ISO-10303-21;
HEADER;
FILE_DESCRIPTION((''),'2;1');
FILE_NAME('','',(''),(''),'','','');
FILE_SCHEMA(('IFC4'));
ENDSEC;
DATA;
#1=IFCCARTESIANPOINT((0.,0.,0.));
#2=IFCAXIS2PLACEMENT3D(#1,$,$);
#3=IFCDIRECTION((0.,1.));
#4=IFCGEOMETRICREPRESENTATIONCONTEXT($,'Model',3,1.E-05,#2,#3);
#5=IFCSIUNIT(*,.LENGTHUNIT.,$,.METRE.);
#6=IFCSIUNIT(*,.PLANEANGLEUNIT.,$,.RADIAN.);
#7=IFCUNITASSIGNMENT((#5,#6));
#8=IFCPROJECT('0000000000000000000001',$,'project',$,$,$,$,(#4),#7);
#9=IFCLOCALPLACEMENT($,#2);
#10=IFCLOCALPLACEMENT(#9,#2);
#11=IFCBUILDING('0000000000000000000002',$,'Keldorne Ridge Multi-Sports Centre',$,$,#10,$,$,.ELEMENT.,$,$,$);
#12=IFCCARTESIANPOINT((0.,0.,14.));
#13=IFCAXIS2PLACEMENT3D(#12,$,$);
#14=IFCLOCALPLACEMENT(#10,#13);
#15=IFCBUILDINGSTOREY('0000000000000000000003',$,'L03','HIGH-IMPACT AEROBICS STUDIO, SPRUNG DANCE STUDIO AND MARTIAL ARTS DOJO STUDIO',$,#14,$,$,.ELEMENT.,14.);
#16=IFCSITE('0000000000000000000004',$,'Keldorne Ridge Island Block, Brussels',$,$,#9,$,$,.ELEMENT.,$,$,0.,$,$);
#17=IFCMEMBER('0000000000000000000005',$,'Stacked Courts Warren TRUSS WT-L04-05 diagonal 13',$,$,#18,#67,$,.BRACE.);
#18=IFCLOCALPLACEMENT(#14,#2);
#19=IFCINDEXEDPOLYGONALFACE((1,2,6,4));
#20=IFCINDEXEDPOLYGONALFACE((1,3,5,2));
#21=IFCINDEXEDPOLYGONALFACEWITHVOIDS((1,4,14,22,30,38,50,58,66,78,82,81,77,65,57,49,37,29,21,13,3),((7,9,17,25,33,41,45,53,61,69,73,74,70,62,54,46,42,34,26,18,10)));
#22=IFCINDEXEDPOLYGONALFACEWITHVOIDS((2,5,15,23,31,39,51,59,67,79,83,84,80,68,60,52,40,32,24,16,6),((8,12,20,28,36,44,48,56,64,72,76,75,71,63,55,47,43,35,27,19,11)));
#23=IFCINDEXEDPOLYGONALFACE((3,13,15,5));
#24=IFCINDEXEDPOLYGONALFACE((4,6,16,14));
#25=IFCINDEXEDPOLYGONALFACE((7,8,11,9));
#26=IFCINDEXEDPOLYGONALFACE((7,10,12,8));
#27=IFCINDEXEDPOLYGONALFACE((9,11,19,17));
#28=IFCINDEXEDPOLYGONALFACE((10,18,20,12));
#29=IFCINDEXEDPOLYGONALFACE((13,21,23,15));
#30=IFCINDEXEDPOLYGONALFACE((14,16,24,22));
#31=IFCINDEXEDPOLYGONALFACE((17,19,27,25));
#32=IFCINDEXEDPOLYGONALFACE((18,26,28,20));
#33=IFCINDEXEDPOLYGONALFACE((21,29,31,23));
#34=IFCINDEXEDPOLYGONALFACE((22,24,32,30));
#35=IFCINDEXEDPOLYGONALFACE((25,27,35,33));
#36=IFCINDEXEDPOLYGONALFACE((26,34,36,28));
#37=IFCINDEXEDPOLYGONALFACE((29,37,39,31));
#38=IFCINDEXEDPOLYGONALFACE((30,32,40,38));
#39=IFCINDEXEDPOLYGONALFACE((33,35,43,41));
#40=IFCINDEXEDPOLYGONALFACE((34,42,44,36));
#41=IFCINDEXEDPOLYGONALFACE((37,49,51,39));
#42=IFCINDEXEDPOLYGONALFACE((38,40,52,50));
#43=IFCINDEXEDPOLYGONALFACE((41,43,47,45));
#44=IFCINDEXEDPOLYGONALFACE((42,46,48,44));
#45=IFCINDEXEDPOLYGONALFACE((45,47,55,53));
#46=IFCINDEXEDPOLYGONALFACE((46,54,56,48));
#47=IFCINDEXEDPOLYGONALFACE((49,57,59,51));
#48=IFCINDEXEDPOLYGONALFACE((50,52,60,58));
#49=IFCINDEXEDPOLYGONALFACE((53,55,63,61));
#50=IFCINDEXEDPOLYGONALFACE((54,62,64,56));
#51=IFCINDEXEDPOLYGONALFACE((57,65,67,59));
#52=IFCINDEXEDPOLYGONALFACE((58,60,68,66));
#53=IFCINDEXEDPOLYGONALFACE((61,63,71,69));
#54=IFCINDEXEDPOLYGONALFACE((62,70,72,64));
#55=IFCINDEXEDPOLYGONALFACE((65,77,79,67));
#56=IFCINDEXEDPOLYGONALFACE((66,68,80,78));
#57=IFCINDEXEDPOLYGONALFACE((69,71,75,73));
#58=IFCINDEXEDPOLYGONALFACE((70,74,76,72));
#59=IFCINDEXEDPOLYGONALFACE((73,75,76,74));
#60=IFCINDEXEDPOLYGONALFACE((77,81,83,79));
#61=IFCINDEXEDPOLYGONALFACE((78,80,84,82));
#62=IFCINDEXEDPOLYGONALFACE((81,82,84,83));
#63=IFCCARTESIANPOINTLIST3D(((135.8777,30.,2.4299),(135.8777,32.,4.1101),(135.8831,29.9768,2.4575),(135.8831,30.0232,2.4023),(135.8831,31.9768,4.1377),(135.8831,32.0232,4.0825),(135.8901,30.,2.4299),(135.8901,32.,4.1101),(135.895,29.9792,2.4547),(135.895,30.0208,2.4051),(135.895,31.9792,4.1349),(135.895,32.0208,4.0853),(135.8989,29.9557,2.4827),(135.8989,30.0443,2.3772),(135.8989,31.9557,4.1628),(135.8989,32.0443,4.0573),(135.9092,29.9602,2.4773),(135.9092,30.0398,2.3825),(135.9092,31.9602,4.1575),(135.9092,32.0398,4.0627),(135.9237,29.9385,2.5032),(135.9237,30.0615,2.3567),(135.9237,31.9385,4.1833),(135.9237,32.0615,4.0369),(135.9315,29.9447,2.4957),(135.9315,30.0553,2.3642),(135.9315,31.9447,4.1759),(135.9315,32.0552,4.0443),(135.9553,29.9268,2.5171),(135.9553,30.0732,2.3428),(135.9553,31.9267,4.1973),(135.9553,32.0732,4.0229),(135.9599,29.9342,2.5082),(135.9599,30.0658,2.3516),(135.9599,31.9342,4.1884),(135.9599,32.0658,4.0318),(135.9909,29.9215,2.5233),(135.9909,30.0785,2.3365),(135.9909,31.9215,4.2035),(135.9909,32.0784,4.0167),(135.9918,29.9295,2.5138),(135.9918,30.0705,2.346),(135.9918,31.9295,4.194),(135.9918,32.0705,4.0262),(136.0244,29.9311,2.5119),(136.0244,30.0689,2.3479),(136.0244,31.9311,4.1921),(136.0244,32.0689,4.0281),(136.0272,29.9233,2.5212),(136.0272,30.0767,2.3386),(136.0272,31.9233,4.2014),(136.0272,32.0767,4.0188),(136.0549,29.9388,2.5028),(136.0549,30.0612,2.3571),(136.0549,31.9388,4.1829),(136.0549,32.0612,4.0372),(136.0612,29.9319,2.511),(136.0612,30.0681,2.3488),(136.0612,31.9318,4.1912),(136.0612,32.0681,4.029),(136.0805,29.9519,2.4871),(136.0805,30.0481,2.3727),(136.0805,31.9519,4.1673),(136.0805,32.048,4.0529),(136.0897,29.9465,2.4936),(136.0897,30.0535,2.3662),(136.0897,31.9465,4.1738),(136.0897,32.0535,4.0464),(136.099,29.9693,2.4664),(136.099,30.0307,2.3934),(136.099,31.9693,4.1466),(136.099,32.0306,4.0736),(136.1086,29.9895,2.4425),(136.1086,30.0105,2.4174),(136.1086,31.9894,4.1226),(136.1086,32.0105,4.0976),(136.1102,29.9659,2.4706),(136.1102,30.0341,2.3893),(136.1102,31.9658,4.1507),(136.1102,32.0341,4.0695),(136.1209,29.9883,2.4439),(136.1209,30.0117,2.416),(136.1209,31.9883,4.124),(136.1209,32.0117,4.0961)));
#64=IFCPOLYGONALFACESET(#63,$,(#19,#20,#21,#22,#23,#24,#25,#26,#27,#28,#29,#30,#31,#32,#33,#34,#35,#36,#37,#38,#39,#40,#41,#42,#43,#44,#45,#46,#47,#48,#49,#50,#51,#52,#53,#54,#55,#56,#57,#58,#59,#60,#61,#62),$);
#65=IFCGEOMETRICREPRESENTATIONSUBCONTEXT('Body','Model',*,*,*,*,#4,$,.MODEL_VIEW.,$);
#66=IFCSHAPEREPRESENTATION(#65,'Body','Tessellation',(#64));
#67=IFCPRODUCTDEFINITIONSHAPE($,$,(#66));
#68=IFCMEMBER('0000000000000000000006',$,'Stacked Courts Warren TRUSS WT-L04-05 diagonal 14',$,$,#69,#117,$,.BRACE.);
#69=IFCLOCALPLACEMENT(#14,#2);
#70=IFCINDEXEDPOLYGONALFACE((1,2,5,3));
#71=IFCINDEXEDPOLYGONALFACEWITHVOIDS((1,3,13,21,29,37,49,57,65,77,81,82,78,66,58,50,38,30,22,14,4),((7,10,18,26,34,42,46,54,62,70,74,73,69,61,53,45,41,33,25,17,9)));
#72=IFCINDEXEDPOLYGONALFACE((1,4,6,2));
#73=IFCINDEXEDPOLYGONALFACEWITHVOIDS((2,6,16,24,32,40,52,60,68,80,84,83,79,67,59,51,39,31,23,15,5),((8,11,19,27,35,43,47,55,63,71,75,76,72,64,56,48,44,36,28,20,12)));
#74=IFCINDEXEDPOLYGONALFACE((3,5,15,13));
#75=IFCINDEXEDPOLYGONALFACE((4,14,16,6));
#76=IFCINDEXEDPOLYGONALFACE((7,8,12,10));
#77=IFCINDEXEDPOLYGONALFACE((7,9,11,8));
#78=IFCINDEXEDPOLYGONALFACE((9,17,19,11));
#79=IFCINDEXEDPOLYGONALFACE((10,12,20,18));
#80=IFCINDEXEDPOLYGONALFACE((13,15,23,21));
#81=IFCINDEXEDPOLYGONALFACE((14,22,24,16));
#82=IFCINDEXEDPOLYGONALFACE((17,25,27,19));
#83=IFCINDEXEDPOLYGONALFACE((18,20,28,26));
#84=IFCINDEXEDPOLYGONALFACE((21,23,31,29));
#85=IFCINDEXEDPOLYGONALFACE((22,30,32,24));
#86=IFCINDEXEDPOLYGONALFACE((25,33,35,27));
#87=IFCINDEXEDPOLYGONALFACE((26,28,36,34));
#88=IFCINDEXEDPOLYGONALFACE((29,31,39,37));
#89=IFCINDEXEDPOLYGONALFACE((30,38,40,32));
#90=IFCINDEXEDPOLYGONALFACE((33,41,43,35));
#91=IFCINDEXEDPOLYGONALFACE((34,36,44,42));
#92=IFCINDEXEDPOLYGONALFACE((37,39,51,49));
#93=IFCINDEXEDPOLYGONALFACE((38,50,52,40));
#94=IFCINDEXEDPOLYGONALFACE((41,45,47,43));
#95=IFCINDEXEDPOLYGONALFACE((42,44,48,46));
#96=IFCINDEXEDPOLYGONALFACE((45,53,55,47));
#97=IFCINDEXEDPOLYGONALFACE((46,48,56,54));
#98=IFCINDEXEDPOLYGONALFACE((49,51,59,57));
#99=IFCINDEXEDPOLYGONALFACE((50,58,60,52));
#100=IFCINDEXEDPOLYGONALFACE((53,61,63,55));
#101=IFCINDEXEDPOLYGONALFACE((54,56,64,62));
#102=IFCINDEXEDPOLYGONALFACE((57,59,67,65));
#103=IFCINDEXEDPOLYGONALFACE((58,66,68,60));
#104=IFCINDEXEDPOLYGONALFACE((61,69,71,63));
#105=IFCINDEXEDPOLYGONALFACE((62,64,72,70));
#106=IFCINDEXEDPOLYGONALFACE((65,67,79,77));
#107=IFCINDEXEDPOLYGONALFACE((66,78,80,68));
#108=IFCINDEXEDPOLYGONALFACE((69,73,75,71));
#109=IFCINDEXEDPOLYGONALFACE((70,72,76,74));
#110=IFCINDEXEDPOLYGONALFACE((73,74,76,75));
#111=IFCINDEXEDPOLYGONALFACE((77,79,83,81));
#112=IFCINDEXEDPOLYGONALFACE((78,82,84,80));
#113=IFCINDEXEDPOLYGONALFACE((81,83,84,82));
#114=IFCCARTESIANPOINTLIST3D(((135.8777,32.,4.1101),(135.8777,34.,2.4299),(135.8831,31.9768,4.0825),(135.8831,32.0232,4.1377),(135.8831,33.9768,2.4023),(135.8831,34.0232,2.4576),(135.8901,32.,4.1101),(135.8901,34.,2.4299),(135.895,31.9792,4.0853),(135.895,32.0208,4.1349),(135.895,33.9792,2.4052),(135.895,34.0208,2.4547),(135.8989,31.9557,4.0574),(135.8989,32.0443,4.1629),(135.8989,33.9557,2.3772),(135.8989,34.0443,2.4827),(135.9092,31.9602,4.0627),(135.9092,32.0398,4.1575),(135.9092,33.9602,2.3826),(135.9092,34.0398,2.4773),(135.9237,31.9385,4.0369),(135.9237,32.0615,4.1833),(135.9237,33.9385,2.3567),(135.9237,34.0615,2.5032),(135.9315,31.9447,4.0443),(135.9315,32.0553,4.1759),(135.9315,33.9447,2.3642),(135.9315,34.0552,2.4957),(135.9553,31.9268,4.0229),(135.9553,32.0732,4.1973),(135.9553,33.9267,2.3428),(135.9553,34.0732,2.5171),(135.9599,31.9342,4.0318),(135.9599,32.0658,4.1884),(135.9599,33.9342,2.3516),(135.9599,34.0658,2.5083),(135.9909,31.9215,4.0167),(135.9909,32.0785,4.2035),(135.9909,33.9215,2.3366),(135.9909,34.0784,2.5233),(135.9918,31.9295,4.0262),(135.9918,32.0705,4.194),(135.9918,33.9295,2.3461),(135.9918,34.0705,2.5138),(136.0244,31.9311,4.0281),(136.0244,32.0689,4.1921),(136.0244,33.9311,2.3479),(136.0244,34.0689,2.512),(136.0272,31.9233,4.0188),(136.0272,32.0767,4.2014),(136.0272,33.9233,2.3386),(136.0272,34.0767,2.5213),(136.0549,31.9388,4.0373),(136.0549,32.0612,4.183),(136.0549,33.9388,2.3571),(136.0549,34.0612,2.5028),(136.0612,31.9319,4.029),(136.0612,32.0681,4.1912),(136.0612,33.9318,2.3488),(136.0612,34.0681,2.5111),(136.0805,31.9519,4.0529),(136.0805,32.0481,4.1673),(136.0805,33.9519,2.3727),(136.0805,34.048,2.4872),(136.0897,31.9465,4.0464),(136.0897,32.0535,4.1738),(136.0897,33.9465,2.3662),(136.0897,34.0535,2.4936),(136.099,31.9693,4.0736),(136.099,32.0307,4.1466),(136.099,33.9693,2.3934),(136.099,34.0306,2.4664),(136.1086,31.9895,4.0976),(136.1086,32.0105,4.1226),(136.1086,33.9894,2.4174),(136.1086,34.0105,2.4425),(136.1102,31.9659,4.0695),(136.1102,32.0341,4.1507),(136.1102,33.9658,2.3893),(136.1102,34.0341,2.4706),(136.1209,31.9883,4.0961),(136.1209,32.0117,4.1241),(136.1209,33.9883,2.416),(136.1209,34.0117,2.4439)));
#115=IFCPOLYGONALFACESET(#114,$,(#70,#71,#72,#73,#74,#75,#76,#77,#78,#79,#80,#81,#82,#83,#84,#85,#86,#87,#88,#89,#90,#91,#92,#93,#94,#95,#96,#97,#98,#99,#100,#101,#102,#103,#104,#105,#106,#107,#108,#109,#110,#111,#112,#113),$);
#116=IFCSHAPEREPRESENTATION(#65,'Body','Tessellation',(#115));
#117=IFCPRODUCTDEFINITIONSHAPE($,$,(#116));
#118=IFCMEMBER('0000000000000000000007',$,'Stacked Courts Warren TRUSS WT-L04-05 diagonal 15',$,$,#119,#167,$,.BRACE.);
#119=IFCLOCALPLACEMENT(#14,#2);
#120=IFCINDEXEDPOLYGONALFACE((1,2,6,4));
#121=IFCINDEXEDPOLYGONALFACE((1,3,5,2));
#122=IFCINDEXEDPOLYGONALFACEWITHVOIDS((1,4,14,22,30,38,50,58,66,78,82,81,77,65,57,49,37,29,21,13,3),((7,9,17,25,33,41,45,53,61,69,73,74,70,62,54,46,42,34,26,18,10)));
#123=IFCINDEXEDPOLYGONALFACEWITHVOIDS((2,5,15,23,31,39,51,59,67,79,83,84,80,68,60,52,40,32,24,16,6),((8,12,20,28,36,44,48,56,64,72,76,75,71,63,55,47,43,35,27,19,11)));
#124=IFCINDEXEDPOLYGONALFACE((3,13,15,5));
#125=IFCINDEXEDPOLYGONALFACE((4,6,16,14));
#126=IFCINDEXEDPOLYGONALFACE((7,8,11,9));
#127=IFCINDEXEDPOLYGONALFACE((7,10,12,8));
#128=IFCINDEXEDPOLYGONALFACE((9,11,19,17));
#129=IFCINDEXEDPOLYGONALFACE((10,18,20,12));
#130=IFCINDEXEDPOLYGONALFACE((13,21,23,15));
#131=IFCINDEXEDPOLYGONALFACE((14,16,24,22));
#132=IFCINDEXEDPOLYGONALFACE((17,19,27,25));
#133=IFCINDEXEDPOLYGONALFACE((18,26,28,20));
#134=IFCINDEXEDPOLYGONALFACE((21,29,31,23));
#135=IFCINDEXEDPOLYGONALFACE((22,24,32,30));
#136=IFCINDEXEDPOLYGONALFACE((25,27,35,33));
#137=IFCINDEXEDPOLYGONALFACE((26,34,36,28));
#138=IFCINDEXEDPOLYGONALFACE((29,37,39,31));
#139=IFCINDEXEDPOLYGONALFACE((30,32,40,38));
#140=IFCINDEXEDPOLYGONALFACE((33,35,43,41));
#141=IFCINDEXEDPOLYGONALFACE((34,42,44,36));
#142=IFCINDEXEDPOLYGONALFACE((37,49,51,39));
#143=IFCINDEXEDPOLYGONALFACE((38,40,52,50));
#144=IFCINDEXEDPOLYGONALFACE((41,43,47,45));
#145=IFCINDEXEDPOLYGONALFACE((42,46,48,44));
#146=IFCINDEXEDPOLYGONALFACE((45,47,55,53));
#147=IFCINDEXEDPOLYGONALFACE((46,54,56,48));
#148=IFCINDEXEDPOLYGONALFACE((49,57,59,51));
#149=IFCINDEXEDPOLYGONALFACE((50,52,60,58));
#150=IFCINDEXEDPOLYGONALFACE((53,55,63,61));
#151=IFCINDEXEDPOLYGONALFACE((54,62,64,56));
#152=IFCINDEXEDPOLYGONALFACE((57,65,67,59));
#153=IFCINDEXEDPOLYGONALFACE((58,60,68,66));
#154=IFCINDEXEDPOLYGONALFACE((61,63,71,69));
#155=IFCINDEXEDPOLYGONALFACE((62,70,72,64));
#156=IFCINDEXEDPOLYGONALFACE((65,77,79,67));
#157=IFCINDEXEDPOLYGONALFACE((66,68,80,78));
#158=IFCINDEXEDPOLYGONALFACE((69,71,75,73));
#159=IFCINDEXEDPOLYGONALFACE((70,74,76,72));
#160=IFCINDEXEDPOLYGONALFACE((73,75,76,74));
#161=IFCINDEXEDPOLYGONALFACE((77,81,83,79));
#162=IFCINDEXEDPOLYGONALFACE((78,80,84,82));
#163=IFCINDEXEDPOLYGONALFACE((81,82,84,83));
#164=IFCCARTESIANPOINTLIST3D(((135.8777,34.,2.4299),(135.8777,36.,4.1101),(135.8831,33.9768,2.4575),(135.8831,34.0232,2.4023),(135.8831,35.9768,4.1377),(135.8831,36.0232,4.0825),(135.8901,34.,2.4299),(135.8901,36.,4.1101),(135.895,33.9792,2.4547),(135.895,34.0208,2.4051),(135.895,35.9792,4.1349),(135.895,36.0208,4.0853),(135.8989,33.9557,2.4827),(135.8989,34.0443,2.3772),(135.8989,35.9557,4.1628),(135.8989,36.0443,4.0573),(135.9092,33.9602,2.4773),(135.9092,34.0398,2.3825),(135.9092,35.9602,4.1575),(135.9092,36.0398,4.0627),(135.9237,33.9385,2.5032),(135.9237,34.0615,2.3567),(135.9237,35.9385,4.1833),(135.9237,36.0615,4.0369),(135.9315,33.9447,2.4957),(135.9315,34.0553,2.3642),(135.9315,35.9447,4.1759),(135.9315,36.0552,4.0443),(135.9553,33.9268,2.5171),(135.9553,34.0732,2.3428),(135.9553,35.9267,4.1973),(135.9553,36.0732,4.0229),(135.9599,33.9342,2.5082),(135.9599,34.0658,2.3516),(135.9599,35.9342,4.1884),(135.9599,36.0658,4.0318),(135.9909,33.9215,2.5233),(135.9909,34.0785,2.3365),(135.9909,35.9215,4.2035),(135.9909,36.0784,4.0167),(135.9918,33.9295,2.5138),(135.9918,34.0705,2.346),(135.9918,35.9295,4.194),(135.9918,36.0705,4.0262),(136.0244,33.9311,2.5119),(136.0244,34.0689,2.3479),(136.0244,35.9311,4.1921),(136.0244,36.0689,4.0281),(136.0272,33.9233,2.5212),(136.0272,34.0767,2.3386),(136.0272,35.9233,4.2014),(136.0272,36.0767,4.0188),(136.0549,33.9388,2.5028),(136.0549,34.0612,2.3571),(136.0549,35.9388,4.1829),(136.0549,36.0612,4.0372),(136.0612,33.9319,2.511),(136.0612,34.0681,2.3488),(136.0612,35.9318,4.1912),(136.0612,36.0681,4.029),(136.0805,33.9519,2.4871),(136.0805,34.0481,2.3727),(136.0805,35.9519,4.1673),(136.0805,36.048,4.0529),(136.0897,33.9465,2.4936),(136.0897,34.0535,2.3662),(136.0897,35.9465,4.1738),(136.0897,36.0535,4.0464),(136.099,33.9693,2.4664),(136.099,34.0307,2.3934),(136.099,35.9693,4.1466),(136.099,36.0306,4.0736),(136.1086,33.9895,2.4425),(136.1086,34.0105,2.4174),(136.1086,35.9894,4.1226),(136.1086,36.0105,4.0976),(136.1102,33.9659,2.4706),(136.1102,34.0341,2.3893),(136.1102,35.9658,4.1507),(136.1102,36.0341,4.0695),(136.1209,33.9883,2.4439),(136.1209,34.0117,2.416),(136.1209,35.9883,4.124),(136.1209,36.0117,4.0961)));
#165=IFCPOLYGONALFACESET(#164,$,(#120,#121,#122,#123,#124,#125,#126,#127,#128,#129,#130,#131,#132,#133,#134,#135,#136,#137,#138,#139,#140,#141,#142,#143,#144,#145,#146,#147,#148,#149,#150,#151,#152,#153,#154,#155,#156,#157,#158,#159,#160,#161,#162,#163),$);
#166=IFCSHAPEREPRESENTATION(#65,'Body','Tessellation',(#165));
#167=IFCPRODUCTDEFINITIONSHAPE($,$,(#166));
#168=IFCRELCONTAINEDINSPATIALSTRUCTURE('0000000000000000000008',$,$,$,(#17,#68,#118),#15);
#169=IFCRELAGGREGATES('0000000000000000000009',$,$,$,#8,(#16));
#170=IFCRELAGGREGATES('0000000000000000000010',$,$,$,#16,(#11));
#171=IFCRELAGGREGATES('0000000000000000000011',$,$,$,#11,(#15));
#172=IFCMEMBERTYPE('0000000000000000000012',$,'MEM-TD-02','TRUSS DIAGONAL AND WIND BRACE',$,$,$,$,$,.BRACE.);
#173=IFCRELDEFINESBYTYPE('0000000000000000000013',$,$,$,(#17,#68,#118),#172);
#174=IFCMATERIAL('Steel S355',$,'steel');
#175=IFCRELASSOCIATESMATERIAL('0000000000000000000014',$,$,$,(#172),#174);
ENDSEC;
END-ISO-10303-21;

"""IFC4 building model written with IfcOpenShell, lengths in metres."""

from ifc_helpers import new_model, si_unit, direction, frame, origin, origin_2d, place, context, subcontext, project, spatial, hollow_circle, extrude, material, material_profile, profile_set, type_object, element, save


model = new_model("IFC4")

# Units and contexts
model_context = context("Model", 3, precision=1e-05, world=origin(), true_north=direction((0.0, 1.0)))
body_context = subcontext(model_context, "Body", "Model", "MODEL_VIEW")
ifc_project = project(units=[si_unit("LENGTHUNIT", "METRE"), si_unit("PLANEANGLEUNIT", "RADIAN")], contexts=[model_context])

# Site, building, storey
site_placement = place(None, origin())
site = spatial("IfcSite", under=ifc_project, at=site_placement, Name="Keldorne Ridge Island Block, Brussels", CompositionType="ELEMENT", RefElevation=0.0)
building_placement = place(site_placement, origin())
building = spatial("IfcBuilding", under=site, at=building_placement, Name="Keldorne Ridge Multi-Sports Centre", CompositionType="ELEMENT")
storey_placement = place(building_placement, frame((0.0, 0.0, 14.0)))
storey = spatial("IfcBuildingStorey", under=building, at=storey_placement, Name="L03", Description="HIGH-IMPACT AEROBICS STUDIO, SPRUNG DANCE STUDIO AND MARTIAL ARTS DOJO STUDIO", CompositionType="ELEMENT", Elevation=14.0)

# Members
ifc_material = material(Name="Steel S355", Category="steel")
ifc_material_profile_1 = material_profile(ifc_material, hollow_circle(Radius=0.1223, WallThickness=0.0125, at=origin_2d()), Name="CHS 244.5x12.5")
ifc_profile_set_1 = profile_set([ifc_material_profile_1], Name="Steel S355")
member_type_1 = type_object("IfcMemberType", Name="MEM-TD-02", Description="TRUSS DIAGONAL AND WIND BRACE", PredefinedType="BRACE", material=ifc_profile_set_1)
for number, where, z_axis, x_axis, name in (
    (1, (136.0, 30.0, 2.4299), (0.0, 0.765672, 0.643232), (-1.0, 0.0, 0.0), "Stacked Courts Warren TRUSS WT-L04-05 diagonal 13"),
    (2, (136.0, 32.0, 4.1101), (0.0, 0.765672, -0.643232), (-1.0, 0.0, 0.0), "Stacked Courts Warren TRUSS WT-L04-05 diagonal 14"),
    (3, (136.0, 34.0, 2.4299), (0.0, 0.765672, 0.643232), (-1.0, 0.0, 0.0), "Stacked Courts Warren TRUSS WT-L04-05 diagonal 15"),
):
    element("IfcMember", number, at=place(storey_placement, frame(where, z_axis=z_axis, x_axis=x_axis)), inside=storey, type_object=member_type_1, Name=name, PredefinedType="BRACE", context=body_context, shape_type="SweptSolid", body=[
        extrude(hollow_circle(Radius=0.1223, WallThickness=0.0125, at=origin_2d()), origin(), (0.0, 0.0, 1.0), 2.6121),
    ])

save(model, "model.ifc")
